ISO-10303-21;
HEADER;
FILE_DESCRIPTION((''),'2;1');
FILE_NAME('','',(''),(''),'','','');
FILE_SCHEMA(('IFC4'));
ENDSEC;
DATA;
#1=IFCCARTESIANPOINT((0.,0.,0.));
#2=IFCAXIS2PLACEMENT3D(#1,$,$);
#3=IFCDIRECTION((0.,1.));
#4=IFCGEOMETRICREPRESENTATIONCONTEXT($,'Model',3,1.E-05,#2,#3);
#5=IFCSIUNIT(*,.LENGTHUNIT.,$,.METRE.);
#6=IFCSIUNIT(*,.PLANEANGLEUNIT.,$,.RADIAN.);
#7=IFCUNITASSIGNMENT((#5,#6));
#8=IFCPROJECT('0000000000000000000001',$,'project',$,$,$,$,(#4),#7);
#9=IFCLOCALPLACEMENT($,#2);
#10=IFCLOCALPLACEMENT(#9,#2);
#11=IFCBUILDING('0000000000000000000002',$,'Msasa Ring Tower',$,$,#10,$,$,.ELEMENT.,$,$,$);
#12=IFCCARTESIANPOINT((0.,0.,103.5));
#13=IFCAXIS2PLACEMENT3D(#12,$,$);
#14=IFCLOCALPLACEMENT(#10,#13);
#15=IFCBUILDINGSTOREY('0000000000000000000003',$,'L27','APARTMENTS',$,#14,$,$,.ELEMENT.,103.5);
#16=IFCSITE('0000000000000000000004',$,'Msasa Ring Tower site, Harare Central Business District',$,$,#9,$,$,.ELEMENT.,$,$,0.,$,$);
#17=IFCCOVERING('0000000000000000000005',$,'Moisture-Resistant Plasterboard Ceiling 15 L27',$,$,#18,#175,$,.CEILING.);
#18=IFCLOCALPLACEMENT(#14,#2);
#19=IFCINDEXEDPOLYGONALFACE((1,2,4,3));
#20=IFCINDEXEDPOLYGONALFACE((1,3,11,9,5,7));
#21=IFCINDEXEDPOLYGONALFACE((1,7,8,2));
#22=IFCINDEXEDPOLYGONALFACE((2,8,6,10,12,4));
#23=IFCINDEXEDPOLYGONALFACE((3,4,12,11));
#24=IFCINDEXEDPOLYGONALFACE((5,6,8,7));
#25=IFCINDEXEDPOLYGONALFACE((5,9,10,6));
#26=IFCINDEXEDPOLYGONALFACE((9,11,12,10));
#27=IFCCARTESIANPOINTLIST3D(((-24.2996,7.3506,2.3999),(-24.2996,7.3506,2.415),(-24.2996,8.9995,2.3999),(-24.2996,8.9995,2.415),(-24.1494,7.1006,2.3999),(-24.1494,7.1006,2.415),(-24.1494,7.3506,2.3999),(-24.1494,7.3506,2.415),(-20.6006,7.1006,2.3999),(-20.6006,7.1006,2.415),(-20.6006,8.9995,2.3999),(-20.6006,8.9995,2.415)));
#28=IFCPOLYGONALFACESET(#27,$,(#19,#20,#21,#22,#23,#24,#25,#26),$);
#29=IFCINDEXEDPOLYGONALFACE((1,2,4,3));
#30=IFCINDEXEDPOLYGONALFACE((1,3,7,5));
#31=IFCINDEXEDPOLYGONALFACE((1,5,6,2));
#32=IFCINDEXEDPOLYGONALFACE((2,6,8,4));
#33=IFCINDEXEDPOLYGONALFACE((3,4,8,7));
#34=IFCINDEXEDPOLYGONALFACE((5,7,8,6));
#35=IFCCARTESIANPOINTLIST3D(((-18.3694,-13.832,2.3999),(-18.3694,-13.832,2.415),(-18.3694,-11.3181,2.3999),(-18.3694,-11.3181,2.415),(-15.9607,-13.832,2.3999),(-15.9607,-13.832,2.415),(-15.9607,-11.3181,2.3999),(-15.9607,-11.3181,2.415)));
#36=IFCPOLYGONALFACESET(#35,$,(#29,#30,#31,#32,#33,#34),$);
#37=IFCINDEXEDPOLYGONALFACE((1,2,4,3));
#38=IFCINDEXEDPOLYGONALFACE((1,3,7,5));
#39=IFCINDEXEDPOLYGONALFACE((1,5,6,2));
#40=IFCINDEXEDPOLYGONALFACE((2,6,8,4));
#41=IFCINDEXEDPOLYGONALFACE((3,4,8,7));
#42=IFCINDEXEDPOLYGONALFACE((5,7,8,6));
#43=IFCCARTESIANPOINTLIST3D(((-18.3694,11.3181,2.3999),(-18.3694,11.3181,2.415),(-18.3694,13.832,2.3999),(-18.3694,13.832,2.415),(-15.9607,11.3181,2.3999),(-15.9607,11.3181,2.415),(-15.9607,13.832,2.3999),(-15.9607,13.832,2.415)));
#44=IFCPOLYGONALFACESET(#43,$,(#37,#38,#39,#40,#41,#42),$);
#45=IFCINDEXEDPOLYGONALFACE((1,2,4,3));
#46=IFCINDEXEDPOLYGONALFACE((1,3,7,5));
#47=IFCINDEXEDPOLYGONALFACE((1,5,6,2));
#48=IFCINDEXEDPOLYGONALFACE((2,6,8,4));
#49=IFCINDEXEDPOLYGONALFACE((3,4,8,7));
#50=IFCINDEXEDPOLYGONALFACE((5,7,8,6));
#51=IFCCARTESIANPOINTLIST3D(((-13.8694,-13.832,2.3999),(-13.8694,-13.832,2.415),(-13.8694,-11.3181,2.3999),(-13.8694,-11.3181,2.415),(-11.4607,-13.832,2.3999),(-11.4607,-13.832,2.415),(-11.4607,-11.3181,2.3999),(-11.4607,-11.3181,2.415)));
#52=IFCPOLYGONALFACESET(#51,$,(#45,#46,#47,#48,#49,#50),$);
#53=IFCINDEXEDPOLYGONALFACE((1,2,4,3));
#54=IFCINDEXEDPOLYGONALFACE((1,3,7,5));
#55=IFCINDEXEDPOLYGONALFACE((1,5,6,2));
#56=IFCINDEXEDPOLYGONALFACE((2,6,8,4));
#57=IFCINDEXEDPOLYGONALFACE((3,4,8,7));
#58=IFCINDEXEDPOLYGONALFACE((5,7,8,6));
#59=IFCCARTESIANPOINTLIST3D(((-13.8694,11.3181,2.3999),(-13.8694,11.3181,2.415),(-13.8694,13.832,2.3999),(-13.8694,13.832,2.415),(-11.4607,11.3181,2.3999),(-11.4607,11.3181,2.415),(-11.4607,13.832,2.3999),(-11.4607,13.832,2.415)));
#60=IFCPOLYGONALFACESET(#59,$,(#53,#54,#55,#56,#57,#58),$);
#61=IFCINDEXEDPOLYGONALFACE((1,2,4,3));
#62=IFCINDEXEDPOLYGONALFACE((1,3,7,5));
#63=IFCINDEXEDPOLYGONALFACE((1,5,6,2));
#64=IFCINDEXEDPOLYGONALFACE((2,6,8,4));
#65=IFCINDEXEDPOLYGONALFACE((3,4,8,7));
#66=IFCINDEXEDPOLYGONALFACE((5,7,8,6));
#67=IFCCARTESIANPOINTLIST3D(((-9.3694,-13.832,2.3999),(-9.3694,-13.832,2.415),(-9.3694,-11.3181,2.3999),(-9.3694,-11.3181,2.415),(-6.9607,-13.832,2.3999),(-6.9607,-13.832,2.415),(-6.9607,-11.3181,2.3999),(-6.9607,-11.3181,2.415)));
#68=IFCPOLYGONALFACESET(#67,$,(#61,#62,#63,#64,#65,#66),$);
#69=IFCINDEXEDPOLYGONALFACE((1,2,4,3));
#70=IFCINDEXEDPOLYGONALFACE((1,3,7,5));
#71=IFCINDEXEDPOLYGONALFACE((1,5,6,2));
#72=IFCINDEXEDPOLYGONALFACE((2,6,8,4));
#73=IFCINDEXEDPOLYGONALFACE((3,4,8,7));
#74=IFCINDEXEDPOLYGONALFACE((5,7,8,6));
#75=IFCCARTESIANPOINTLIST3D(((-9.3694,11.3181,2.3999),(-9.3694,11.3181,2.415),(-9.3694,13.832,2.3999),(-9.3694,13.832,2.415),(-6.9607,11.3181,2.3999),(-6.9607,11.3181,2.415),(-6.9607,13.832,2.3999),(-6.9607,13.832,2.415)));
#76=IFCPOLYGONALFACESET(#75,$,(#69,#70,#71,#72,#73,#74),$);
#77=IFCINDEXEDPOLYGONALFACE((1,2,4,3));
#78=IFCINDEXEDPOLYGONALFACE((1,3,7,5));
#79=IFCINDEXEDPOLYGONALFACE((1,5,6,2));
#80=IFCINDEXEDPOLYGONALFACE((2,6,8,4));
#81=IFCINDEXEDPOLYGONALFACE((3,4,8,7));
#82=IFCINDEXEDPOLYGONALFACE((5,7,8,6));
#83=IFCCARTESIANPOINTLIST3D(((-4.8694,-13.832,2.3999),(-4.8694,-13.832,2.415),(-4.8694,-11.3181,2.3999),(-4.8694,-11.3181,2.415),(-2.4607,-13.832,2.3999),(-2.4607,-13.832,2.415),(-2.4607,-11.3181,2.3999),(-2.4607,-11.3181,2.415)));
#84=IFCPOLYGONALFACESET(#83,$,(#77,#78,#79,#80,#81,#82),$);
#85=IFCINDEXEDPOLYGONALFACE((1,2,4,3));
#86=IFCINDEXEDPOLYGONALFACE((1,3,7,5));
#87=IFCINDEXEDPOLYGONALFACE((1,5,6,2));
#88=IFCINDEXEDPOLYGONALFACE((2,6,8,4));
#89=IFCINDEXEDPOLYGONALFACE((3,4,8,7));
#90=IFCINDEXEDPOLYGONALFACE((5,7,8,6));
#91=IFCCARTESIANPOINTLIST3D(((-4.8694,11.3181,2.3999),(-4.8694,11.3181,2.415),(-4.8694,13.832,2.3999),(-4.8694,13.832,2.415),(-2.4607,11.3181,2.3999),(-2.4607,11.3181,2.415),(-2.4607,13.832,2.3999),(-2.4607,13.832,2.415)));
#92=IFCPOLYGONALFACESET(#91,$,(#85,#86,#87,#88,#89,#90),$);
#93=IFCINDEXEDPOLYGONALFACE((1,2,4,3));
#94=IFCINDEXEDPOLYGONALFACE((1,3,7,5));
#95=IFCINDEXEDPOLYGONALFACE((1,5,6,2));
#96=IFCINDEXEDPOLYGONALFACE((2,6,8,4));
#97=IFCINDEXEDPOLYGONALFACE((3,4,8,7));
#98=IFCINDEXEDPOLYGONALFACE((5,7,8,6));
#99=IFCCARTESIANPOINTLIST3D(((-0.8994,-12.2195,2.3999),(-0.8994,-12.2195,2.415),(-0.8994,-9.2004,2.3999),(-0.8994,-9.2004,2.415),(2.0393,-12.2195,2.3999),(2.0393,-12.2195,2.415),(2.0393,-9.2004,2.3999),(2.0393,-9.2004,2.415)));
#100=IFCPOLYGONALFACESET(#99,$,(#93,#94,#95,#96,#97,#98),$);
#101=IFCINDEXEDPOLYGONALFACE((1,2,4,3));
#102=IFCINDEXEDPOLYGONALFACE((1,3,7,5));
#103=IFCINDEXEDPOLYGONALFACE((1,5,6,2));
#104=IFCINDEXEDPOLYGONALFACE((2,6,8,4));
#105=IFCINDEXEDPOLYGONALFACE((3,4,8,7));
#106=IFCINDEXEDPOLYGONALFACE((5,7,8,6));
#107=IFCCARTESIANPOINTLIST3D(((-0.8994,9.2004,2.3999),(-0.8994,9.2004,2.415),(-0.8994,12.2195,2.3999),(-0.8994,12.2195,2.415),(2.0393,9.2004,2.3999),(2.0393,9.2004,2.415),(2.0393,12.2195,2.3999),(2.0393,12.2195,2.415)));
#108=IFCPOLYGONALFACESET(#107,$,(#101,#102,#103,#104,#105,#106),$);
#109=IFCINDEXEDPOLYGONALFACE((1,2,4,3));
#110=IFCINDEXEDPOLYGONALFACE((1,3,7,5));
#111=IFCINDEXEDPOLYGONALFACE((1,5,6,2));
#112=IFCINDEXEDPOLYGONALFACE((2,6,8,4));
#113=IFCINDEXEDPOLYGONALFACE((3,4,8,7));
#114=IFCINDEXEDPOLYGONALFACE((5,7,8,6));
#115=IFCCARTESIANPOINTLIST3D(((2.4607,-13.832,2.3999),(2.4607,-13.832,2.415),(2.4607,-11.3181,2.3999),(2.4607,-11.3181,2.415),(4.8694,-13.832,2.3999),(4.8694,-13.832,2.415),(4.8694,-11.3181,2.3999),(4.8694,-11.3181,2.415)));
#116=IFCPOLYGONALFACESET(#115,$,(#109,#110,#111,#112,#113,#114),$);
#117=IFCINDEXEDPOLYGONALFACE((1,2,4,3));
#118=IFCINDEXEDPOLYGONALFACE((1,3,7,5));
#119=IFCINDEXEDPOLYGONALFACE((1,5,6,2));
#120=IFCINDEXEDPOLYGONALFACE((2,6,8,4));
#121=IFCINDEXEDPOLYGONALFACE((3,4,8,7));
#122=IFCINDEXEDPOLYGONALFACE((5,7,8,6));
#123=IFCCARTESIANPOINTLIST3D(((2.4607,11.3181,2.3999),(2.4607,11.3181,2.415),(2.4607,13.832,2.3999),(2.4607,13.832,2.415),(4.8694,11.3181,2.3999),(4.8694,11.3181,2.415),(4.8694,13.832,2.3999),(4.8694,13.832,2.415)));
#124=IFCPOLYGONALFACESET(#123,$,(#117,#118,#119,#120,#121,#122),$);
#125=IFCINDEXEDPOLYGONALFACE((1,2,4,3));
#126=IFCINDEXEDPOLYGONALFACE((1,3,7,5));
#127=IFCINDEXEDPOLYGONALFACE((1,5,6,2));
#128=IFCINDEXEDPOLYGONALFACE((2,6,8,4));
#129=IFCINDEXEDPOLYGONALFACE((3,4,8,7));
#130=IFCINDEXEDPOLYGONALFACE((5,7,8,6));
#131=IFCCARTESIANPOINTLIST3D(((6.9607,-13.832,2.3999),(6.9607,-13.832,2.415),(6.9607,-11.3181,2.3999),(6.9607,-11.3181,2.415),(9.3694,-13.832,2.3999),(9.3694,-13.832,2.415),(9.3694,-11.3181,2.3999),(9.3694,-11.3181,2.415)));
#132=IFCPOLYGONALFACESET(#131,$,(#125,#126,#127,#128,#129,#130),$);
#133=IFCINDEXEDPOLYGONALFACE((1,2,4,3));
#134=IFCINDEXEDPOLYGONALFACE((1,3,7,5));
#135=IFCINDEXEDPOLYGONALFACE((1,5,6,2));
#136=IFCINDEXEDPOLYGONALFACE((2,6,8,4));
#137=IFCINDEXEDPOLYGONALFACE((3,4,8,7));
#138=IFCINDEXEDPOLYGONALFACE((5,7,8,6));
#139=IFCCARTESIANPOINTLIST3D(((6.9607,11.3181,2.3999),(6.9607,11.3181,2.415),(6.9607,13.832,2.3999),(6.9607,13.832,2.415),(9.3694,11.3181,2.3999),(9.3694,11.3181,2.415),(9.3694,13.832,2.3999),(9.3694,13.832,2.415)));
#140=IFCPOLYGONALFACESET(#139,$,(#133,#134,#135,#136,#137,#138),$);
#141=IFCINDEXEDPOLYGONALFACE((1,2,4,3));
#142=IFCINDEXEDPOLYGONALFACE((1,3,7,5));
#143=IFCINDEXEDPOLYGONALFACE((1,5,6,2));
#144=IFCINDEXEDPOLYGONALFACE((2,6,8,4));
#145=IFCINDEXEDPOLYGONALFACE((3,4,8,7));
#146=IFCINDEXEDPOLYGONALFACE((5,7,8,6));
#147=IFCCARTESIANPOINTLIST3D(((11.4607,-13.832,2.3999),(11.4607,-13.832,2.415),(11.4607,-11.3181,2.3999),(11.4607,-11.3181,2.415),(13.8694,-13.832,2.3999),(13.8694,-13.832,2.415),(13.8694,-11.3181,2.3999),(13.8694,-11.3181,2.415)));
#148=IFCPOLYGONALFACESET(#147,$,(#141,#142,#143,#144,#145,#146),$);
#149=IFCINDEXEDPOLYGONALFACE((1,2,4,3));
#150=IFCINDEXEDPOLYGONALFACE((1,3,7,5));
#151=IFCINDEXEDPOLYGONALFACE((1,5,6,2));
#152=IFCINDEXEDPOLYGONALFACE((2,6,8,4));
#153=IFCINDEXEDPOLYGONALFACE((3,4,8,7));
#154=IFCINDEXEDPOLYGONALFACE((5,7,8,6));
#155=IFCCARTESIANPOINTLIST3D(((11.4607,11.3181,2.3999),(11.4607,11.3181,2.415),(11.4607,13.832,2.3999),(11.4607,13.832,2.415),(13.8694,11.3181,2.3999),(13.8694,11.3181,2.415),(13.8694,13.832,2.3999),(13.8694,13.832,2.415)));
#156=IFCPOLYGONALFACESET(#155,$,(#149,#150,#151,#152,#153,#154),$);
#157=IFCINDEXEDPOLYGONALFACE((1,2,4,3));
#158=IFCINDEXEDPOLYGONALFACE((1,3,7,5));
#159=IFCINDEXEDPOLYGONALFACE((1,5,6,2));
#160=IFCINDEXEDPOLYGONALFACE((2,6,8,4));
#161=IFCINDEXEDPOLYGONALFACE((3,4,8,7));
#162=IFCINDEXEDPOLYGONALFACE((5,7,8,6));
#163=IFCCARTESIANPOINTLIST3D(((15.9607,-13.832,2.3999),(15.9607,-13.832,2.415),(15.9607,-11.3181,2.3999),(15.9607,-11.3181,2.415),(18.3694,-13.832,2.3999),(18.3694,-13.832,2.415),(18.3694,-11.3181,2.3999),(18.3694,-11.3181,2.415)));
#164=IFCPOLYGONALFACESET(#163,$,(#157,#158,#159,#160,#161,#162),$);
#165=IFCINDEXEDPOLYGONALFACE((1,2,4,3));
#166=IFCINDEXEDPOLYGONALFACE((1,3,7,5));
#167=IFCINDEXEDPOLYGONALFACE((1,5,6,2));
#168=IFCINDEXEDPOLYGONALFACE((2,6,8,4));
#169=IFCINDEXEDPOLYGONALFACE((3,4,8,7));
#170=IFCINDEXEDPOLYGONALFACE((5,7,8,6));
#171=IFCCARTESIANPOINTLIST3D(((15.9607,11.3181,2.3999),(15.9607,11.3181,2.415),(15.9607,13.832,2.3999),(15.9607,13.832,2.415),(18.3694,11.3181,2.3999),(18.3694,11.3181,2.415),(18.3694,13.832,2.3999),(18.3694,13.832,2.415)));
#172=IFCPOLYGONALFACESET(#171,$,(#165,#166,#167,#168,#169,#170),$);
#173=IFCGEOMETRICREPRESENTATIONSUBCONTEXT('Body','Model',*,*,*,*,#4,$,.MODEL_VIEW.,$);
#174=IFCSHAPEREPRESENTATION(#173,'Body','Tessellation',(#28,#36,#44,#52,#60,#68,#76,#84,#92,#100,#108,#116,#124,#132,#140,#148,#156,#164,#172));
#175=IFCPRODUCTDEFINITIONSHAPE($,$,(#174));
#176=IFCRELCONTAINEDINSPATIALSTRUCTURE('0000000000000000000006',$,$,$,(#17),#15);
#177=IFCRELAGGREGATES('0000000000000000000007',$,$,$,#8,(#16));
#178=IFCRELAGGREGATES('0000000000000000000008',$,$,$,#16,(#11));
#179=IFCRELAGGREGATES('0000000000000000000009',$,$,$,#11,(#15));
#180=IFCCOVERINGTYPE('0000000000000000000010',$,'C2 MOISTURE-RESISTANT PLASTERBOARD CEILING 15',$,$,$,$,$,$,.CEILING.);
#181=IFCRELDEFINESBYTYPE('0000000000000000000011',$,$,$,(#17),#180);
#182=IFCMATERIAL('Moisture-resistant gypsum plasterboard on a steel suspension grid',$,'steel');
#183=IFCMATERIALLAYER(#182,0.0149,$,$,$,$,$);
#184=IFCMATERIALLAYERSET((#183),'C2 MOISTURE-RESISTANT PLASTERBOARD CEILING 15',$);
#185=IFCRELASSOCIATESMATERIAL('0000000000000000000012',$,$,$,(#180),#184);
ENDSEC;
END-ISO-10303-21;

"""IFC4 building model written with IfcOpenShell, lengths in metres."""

from ifc_helpers import new_model, si_unit, direction, frame, origin, place, context, subcontext, project, spatial, line, indexed_curve, outline, extrude, material, layer, layer_set, type_object, element, save


model = new_model("IFC4")

# Units and contexts
model_context = context("Model", 3, precision=1e-05, world=origin(), true_north=direction((0.0, 1.0)))
body_context = subcontext(model_context, "Body", "Model", "MODEL_VIEW")
ifc_project = project(units=[si_unit("LENGTHUNIT", "METRE"), si_unit("PLANEANGLEUNIT", "RADIAN")], contexts=[model_context])

# Site, building, storey
site_placement = place(None, origin())
site = spatial("IfcSite", under=ifc_project, at=site_placement, Name="Msasa Ring Tower site, Harare Central Business District", CompositionType="ELEMENT", RefElevation=0.0)
building_placement = place(site_placement, origin())
building = spatial("IfcBuilding", under=site, at=building_placement, Name="Msasa Ring Tower", CompositionType="ELEMENT")
storey_placement = place(building_placement, frame((0.0, 0.0, 103.5)))
storey = spatial("IfcBuildingStorey", under=building, at=storey_placement, Name="L27", Description="APARTMENTS", CompositionType="ELEMENT", Elevation=103.5)

# Covering
ifc_material_1 = material(Name="Moisture-resistant gypsum plasterboard on a steel suspension grid", Category="steel")
ifc_layer_1 = layer(ifc_material_1, 0.0149)
ifc_layer_set_1 = layer_set([ifc_layer_1], Name="C2 MOISTURE-RESISTANT PLASTERBOARD CEILING 15")
covering_type_1 = type_object("IfcCoveringType", Name="C2 MOISTURE-RESISTANT PLASTERBOARD CEILING 15", PredefinedType="CEILING", material=ifc_layer_set_1)
covering_1_placement = place(storey_placement, frame((0.0, 0.0, 2.3999)))
element("IfcCovering", 1, at=covering_1_placement, inside=storey, type_object=covering_type_1, Name="Moisture-Resistant Plasterboard Ceiling 15 L27", PredefinedType="CEILING", context=body_context, shape_type="SweptSolid", body=[
    extrude(outline(indexed_curve([(-20.6006, 7.1006), (-24.1494, 7.1006), (-24.1494, 7.3506), (-24.2996, 7.3506), (-24.2996, 8.9995), (-20.6006, 8.9995)], segments=[line(1, 2, 3, 4, 5, 6, 1)], self_intersect=False)), origin(), (0.0, 0.0, 1.0), 0.0151),
    extrude(outline(indexed_curve([(-18.3694, -11.3181), (-15.9607, -11.3181), (-15.9607, -13.832), (-18.3694, -13.832)], segments=[line(1, 2, 3, 4, 1)], self_intersect=False)), origin(), (0.0, 0.0, 1.0), 0.0151),
    extrude(outline(indexed_curve([(-18.3694, 13.832), (-15.9607, 13.832), (-15.9607, 11.3181), (-18.3694, 11.3181)], segments=[line(1, 2, 3, 4, 1)], self_intersect=False)), origin(), (0.0, 0.0, 1.0), 0.0151),
    extrude(outline(indexed_curve([(-13.8694, -11.3181), (-11.4607, -11.3181), (-11.4607, -13.832), (-13.8694, -13.832)], segments=[line(1, 2, 3, 4, 1)], self_intersect=False)), origin(), (0.0, 0.0, 1.0), 0.0151),
    extrude(outline(indexed_curve([(-11.4607, 13.832), (-11.4607, 11.3181), (-13.8694, 11.3181), (-13.8694, 13.832)], segments=[line(1, 2, 3, 4, 1)], self_intersect=False)), origin(), (0.0, 0.0, 1.0), 0.0151),
    extrude(outline(indexed_curve([(-9.3694, -11.3181), (-6.9607, -11.3181), (-6.9607, -13.832), (-9.3694, -13.832)], segments=[line(1, 2, 3, 4, 1)], self_intersect=False)), origin(), (0.0, 0.0, 1.0), 0.0151),
    extrude(outline(indexed_curve([(-6.9607, 13.832), (-6.9607, 11.3181), (-9.3694, 11.3181), (-9.3694, 13.832)], segments=[line(1, 2, 3, 4, 1)], self_intersect=False)), origin(), (0.0, 0.0, 1.0), 0.0151),
    extrude(outline(indexed_curve([(-4.8694, -11.3181), (-2.4607, -11.3181), (-2.4607, -13.832), (-4.8694, -13.832)], segments=[line(1, 2, 3, 4, 1)], self_intersect=False)), origin(), (0.0, 0.0, 1.0), 0.0151),
    extrude(outline(indexed_curve([(-4.8694, 13.832), (-2.4607, 13.832), (-2.4607, 11.3181), (-4.8694, 11.3181)], segments=[line(1, 2, 3, 4, 1)], self_intersect=False)), origin(), (0.0, 0.0, 1.0), 0.0151),
    extrude(outline(indexed_curve([(-0.8994, -9.2004), (2.0393, -9.2004), (2.0393, -12.2195), (-0.8994, -12.2195)], segments=[line(1, 2, 3, 4, 1)], self_intersect=False)), origin(), (0.0, 0.0, 1.0), 0.0151),
    extrude(outline(indexed_curve([(-0.8994, 12.2195), (2.0393, 12.2195), (2.0393, 9.2004), (-0.8994, 9.2004)], segments=[line(1, 2, 3, 4, 1)], self_intersect=False)), origin(), (0.0, 0.0, 1.0), 0.0151),
    extrude(outline(indexed_curve([(4.8694, -11.3181), (4.8694, -13.832), (2.4607, -13.832), (2.4607, -11.3181)], segments=[line(1, 2, 3, 4, 1)], self_intersect=False)), origin(), (0.0, 0.0, 1.0), 0.0151),
    extrude(outline(indexed_curve([(4.8694, 13.832), (4.8694, 11.3181), (2.4607, 11.3181), (2.4607, 13.832)], segments=[line(1, 2, 3, 4, 1)], self_intersect=False)), origin(), (0.0, 0.0, 1.0), 0.0151),
    extrude(outline(indexed_curve([(9.3694, -11.3181), (9.3694, -13.832), (6.9607, -13.832), (6.9607, -11.3181)], segments=[line(1, 2, 3, 4, 1)], self_intersect=False)), origin(), (0.0, 0.0, 1.0), 0.0151),
    extrude(outline(indexed_curve([(9.3694, 13.832), (9.3694, 11.3181), (6.9607, 11.3181), (6.9607, 13.832)], segments=[line(1, 2, 3, 4, 1)], self_intersect=False)), origin(), (0.0, 0.0, 1.0), 0.0151),
    extrude(outline(indexed_curve([(13.8694, -11.3181), (13.8694, -13.832), (11.4607, -13.832), (11.4607, -11.3181)], segments=[line(1, 2, 3, 4, 1)], self_intersect=False)), origin(), (0.0, 0.0, 1.0), 0.0151),
    extrude(outline(indexed_curve([(13.8694, 13.832), (13.8694, 11.3181), (11.4607, 11.3181), (11.4607, 13.832)], segments=[line(1, 2, 3, 4, 1)], self_intersect=False)), origin(), (0.0, 0.0, 1.0), 0.0151),
    extrude(outline(indexed_curve([(18.3694, -11.3181), (18.3694, -13.832), (15.9607, -13.832), (15.9607, -11.3181)], segments=[line(1, 2, 3, 4, 1)], self_intersect=False)), origin(), (0.0, 0.0, 1.0), 0.0151),
    extrude(outline(indexed_curve([(18.3694, 13.832), (18.3694, 11.3181), (15.9607, 11.3181), (15.9607, 13.832)], segments=[line(1, 2, 3, 4, 1)], self_intersect=False)), origin(), (0.0, 0.0, 1.0), 0.0151),
])

save(model, "model.ifc")
